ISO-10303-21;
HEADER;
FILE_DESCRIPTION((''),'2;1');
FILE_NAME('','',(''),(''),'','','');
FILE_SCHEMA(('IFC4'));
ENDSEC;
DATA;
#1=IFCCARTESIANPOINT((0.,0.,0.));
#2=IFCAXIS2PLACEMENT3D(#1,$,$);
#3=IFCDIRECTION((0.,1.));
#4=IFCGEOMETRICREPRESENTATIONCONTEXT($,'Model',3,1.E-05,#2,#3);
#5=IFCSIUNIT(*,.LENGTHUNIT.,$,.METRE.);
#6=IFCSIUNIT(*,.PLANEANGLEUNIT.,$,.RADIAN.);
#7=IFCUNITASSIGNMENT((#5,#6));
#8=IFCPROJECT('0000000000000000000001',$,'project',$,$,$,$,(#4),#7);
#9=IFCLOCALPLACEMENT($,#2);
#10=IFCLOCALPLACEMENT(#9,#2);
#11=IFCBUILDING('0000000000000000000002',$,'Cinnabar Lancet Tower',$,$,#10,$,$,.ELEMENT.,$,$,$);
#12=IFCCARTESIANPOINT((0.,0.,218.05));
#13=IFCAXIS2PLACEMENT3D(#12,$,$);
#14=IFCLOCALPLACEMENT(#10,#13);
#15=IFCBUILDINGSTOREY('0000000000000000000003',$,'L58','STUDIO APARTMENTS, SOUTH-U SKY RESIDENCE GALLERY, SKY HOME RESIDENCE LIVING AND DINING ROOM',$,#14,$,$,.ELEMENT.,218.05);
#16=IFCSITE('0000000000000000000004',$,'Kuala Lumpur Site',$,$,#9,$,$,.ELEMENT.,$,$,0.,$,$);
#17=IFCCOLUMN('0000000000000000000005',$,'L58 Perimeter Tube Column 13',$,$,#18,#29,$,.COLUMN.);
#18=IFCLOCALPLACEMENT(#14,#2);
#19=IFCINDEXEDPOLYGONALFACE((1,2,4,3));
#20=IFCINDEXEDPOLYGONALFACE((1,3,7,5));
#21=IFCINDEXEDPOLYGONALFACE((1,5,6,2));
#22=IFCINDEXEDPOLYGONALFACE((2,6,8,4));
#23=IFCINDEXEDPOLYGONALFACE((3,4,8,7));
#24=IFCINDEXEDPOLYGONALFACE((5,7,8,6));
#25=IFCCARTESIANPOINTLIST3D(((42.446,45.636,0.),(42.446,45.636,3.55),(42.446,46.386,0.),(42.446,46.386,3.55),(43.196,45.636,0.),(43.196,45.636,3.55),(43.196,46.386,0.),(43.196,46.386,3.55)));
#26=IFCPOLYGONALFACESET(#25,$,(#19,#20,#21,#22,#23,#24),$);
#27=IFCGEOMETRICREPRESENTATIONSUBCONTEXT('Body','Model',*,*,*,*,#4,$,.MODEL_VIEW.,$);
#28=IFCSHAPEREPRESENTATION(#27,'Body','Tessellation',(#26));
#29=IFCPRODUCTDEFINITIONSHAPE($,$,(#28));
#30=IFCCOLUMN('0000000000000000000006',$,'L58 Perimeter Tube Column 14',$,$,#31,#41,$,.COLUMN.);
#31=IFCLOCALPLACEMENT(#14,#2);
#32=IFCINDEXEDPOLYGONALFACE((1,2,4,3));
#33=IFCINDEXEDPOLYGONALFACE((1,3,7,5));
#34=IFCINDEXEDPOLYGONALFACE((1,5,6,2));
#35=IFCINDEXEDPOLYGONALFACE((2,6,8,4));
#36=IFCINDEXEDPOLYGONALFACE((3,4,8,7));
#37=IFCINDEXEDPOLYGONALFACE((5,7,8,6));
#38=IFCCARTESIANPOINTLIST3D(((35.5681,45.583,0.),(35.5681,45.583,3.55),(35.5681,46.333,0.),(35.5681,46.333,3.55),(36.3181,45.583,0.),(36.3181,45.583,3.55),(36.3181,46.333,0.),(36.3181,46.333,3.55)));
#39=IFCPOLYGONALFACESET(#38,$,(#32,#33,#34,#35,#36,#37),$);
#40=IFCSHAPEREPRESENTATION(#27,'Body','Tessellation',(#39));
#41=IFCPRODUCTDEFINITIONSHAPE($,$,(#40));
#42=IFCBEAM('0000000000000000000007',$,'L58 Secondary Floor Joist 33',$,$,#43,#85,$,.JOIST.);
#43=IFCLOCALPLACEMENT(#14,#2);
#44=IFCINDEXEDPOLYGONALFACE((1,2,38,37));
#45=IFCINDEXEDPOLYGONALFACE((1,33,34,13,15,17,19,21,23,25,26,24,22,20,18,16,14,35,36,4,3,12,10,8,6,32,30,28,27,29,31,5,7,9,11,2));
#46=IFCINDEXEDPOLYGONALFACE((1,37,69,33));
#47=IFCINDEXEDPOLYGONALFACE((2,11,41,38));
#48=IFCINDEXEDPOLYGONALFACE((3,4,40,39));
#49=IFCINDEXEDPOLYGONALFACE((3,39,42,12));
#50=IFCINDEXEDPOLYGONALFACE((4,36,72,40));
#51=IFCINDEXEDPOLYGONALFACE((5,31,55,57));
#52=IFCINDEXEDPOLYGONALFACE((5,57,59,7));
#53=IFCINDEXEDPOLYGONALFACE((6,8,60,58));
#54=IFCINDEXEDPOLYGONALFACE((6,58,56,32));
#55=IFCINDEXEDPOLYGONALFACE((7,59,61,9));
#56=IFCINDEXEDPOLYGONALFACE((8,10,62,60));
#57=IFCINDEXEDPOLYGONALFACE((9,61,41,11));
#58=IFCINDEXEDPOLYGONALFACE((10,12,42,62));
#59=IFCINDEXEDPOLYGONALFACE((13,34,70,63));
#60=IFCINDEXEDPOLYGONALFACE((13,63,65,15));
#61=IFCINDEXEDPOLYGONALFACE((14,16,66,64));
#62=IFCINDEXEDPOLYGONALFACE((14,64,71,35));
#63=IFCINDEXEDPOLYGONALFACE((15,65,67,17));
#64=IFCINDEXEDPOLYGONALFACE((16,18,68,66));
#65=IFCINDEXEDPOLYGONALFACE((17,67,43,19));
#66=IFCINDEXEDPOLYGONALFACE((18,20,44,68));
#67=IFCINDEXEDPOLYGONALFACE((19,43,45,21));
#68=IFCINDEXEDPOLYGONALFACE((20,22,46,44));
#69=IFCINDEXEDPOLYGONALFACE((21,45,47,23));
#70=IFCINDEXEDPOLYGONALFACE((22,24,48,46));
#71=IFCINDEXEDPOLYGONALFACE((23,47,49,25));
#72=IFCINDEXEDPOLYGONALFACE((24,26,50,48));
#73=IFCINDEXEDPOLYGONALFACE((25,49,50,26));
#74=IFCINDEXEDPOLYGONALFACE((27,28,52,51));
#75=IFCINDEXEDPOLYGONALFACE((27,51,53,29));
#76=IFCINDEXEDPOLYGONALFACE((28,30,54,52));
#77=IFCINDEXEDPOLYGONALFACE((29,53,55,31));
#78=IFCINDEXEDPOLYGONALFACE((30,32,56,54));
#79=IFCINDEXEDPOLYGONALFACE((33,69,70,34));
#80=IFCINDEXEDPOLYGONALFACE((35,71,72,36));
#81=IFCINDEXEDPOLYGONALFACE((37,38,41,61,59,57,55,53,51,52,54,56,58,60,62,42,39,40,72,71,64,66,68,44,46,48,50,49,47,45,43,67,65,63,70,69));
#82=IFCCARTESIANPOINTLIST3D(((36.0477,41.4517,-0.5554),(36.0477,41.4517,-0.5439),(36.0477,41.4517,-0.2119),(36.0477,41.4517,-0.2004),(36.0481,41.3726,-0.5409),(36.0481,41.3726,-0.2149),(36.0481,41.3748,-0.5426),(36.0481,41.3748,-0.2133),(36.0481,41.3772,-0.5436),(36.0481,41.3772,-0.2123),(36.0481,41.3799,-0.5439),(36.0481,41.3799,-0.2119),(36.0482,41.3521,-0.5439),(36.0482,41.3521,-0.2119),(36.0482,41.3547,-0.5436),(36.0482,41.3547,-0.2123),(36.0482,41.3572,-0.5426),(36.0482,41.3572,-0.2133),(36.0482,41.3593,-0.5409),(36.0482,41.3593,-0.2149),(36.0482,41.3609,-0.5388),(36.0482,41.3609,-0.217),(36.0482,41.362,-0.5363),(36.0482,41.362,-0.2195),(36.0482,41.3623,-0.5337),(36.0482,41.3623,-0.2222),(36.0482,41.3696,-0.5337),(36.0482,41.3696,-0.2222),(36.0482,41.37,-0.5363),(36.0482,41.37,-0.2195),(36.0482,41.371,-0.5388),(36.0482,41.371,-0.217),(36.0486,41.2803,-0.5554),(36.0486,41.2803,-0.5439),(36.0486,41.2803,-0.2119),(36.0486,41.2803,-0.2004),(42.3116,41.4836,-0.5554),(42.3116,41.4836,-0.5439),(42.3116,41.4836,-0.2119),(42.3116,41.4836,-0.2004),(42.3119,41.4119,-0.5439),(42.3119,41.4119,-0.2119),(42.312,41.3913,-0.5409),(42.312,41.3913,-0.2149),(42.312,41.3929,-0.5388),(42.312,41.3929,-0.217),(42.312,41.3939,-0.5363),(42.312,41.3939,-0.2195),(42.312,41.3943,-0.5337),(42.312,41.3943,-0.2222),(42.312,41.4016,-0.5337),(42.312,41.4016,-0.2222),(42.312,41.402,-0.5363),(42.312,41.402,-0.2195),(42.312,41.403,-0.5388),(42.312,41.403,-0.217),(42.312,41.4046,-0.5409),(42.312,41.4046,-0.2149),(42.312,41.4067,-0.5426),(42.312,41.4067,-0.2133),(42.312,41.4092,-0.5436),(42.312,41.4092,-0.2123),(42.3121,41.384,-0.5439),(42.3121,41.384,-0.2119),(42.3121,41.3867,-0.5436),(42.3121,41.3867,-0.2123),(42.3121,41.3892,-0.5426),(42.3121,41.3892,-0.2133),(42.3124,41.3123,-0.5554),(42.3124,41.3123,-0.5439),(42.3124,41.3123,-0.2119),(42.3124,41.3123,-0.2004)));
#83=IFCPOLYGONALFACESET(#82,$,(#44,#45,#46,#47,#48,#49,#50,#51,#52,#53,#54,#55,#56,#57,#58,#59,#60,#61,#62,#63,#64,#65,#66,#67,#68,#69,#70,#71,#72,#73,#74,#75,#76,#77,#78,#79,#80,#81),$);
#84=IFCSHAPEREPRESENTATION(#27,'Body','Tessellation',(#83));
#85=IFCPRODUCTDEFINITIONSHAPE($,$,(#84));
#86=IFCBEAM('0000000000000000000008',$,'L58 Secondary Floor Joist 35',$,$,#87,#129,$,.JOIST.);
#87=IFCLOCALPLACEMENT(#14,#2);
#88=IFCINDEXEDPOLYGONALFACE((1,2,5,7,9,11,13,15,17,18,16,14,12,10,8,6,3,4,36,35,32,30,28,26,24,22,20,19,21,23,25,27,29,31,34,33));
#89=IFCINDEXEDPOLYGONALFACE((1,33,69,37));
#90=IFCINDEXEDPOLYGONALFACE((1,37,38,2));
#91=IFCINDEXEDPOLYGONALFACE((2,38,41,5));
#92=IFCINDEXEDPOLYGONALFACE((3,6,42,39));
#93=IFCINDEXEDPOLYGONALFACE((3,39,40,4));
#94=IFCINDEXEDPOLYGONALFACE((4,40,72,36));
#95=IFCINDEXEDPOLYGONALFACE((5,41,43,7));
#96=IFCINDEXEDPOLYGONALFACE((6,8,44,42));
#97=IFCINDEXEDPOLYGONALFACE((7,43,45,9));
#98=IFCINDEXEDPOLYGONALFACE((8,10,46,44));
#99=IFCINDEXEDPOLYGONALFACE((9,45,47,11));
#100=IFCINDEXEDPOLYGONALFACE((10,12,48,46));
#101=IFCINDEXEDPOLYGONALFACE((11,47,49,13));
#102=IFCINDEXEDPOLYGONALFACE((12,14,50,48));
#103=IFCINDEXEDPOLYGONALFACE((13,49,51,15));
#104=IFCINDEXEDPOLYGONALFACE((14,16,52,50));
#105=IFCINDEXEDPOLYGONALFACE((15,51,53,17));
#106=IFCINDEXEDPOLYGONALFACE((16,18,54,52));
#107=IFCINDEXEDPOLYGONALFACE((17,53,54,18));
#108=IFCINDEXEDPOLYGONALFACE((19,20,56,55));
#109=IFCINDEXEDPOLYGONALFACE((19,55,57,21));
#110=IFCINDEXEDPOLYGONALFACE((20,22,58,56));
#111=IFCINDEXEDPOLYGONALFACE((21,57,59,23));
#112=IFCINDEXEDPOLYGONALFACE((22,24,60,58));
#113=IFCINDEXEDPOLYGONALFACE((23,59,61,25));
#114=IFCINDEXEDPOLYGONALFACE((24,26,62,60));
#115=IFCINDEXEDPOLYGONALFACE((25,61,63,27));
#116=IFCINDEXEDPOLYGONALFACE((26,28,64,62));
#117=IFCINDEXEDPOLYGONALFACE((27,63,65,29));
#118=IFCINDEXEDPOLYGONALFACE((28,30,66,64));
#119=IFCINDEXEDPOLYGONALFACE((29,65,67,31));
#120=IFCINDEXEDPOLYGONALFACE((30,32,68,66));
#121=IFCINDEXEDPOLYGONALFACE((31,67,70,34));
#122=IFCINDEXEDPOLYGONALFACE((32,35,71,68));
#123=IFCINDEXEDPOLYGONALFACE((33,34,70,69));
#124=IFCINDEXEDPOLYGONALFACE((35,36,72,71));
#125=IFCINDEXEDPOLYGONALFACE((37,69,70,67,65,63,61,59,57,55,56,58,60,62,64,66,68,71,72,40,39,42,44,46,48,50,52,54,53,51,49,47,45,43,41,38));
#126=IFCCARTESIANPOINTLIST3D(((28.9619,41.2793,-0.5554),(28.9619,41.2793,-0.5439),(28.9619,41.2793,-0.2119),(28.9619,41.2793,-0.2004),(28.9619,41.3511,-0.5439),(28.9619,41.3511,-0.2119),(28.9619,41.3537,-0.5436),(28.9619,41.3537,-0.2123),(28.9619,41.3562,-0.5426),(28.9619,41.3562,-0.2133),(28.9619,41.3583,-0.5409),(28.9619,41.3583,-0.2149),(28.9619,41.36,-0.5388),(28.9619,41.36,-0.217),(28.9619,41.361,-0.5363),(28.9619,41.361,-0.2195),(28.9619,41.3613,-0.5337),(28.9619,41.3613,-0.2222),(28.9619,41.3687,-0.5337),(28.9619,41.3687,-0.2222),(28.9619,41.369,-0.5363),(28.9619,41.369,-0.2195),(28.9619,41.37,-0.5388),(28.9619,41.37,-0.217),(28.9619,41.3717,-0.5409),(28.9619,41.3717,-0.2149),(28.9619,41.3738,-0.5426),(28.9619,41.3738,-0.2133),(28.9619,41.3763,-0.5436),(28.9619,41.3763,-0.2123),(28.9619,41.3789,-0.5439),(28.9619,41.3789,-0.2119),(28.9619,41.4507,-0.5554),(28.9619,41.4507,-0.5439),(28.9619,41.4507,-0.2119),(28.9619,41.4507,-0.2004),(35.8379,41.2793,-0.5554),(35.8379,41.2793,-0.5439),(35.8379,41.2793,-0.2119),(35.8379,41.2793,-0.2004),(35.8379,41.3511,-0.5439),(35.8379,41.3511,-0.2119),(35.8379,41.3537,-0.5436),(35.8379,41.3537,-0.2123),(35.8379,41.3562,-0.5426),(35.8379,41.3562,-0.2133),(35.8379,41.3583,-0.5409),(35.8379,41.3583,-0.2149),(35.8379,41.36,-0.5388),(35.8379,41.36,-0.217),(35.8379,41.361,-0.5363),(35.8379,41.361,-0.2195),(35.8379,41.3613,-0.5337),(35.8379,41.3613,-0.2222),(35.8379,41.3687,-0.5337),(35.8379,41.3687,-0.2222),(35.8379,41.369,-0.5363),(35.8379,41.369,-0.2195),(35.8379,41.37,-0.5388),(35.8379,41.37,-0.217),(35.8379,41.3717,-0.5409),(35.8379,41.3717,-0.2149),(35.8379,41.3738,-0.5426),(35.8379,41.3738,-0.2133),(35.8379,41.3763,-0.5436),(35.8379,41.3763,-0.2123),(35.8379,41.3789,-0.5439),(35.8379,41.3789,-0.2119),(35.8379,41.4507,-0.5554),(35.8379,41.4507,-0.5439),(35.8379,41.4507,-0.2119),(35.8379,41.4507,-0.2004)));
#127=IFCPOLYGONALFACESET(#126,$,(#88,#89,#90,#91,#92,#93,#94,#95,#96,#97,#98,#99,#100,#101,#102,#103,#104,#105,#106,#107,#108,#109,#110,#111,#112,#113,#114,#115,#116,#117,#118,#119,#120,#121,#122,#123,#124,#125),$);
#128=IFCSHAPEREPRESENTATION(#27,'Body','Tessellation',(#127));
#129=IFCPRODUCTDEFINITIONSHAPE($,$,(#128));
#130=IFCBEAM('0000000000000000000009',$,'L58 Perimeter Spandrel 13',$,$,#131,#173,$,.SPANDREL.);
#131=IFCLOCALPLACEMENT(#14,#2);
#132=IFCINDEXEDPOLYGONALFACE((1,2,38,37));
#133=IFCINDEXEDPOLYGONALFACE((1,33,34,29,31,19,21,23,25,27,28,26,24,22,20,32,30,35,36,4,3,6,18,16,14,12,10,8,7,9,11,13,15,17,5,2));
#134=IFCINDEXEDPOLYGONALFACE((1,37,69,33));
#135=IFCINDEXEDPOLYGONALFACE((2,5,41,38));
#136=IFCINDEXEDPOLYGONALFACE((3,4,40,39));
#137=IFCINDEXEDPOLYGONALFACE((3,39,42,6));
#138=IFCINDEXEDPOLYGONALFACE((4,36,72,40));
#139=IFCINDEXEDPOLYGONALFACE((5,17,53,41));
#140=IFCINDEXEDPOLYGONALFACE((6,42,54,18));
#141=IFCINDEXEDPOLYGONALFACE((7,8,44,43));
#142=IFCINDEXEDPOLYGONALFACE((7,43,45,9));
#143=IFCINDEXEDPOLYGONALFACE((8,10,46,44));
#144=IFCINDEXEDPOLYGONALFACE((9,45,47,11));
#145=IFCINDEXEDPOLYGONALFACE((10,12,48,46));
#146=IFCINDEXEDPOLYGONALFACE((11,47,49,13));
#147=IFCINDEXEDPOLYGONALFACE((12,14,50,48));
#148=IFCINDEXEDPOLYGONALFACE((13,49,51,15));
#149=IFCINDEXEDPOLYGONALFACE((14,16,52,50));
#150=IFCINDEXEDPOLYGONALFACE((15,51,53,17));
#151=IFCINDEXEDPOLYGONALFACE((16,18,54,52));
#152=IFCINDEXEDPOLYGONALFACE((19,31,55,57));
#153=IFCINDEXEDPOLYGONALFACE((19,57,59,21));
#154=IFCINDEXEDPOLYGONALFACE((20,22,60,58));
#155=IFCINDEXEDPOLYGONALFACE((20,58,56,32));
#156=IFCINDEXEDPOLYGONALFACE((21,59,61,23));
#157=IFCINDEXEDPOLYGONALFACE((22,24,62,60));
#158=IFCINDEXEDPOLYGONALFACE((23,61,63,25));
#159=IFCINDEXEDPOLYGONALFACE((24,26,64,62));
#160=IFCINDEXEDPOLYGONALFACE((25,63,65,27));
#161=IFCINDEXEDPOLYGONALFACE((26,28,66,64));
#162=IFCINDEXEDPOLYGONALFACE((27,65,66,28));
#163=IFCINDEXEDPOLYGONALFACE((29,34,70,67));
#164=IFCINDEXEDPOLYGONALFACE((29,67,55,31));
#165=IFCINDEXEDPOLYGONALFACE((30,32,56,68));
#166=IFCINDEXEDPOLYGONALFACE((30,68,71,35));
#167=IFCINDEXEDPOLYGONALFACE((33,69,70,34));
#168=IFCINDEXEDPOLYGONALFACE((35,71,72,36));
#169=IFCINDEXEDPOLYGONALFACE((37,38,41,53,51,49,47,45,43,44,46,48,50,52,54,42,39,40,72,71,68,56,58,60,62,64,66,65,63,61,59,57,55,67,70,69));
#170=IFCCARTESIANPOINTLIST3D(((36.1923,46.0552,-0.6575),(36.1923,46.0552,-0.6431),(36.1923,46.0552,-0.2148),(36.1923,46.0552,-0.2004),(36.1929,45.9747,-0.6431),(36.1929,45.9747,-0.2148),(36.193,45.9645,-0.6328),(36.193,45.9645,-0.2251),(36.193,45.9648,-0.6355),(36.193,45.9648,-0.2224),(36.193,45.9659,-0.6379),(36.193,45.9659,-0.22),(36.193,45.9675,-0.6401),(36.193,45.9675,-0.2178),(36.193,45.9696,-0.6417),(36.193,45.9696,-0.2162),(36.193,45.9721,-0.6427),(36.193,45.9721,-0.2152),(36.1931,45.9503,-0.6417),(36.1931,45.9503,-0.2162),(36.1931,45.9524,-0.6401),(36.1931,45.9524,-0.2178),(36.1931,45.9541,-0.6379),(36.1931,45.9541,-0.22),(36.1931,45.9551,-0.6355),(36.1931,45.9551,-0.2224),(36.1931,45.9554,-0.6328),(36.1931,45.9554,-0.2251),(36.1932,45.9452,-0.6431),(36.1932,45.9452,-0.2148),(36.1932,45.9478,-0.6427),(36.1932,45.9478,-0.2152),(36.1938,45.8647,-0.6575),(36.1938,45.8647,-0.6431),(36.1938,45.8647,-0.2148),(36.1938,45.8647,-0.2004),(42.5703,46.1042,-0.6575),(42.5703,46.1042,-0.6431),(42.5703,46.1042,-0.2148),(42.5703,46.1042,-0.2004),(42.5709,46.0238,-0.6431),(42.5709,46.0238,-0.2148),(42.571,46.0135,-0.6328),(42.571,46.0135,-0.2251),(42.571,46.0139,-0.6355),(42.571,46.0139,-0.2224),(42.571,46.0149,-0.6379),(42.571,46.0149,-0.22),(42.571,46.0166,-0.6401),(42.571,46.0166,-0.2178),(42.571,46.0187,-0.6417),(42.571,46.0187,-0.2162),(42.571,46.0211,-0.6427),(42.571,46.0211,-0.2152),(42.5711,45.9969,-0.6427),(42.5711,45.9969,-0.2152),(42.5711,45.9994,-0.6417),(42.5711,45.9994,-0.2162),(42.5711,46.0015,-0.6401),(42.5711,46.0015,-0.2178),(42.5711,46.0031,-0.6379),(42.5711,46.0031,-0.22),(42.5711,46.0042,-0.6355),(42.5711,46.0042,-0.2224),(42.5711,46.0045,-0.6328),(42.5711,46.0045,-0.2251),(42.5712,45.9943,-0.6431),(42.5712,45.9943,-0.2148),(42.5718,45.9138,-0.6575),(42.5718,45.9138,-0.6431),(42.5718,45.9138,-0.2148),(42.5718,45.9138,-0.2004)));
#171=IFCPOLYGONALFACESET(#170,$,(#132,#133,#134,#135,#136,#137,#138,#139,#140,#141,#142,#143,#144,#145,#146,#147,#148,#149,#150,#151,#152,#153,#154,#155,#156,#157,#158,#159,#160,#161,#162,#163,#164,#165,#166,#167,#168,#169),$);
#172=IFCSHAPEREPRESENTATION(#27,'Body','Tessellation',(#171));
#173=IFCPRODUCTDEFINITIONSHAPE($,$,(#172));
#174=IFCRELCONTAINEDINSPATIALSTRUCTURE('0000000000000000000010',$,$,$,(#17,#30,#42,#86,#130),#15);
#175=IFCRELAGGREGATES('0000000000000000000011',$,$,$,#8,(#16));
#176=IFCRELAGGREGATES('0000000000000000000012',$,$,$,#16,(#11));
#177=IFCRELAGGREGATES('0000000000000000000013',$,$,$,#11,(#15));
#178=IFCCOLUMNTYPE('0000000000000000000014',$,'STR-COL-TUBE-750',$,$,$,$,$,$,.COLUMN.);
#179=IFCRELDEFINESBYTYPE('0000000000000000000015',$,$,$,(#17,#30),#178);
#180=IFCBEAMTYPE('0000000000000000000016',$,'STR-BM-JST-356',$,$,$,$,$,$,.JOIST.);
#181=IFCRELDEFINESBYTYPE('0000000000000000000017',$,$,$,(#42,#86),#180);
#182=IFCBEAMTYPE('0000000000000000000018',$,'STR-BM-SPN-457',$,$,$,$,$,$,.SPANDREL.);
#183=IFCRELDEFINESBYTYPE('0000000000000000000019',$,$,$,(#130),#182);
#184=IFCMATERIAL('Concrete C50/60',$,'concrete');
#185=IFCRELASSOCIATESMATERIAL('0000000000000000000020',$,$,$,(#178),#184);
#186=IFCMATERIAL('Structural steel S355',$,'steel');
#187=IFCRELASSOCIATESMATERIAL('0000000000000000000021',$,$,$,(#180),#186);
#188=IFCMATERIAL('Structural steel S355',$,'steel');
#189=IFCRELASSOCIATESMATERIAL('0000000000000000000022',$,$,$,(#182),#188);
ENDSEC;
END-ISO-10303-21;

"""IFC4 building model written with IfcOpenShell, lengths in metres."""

from ifc_helpers import new_model, si_unit, direction, frame, origin, origin_2d, place, context, subcontext, project, spatial, rectangle, i_section, extrude, material, material_profile, profile_set, type_object, element, save


model = new_model("IFC4")

# Units and contexts
model_context = context("Model", 3, precision=1e-05, world=origin(), true_north=direction((0.0, 1.0)))
body_context = subcontext(model_context, "Body", "Model", "MODEL_VIEW")
ifc_project = project(units=[si_unit("LENGTHUNIT", "METRE"), si_unit("PLANEANGLEUNIT", "RADIAN")], contexts=[model_context])

# Site, building, storey
site_placement = place(None, origin())
site = spatial("IfcSite", under=ifc_project, at=site_placement, Name="Kuala Lumpur Site", CompositionType="ELEMENT", RefElevation=0.0)
building_placement = place(site_placement, origin())
building = spatial("IfcBuilding", under=site, at=building_placement, Name="Cinnabar Lancet Tower", CompositionType="ELEMENT")
storey_placement = place(building_placement, frame((0.0, 0.0, 218.05)))
storey = spatial("IfcBuildingStorey", under=building, at=storey_placement, Name="L58", Description="STUDIO APARTMENTS, SOUTH-U SKY RESIDENCE GALLERY, SKY HOME RESIDENCE LIVING AND DINING ROOM", CompositionType="ELEMENT", Elevation=218.05)

# Columns
ifc_material_1 = material(Name="Concrete C50/60", Category="concrete")
ifc_material_profile_1 = material_profile(ifc_material_1, rectangle(XDim=0.75, YDim=0.75, at=origin_2d()), Name="RC-COL 750x750")
ifc_profile_set_1 = profile_set([ifc_material_profile_1], Name="Concrete C50/60")
column_type = type_object("IfcColumnType", Name="STR-COL-TUBE-750", PredefinedType="COLUMN", material=ifc_profile_set_1)
for number, where, z_axis, x_axis, name in (
    (1, (42.821, 46.011, 0.0), (0.0, 0.0, 1.0), (1.0, 0.0, 0.0), "L58 Perimeter Tube Column 13"),
    (2, (35.9431, 45.958, 0.0), (0.0, 0.0, 1.0), (1.0, 0.0, 0.0), "L58 Perimeter Tube Column 14"),
):
    element("IfcColumn", number, at=place(storey_placement, frame(where, z_axis=z_axis, x_axis=x_axis)), inside=storey, type_object=column_type, Name=name, PredefinedType="COLUMN", context=body_context, shape_type="SweptSolid", body=[
        extrude(rectangle(XDim=0.75, YDim=0.75, at=origin_2d()), origin(), (0.0, 0.0, 1.0), 3.55),
    ])

# Beams
ifc_material_2 = material(Name="Structural steel S355", Category="steel")
ifc_material_profile_2 = material_profile(ifc_material_2, i_section(OverallWidth=0.1714, OverallDepth=0.355, WebThickness=0.0073, FlangeThickness=0.0115, FilletRadius=0.0103, at=origin_2d()), Name="UKB 356x171x51")
ifc_profile_set_2 = profile_set([ifc_material_profile_2], Name="Structural steel S355")
beam_type_1 = type_object("IfcBeamType", Name="STR-BM-JST-356", PredefinedType="JOIST", material=ifc_profile_set_2)
beam_1_placement = place(storey_placement, frame((42.312, 41.3979, -0.3779), z_axis=(-0.999987, -0.005106, 0.0), x_axis=(0.005106, -0.999987, 0.0)))
element("IfcBeam", 3, at=beam_1_placement, inside=storey, type_object=beam_type_1, Name="L58 Secondary Floor Joist 33", PredefinedType="JOIST", context=body_context, shape_type="SweptSolid", body=[
    extrude(i_section(OverallWidth=0.1714, OverallDepth=0.355, WebThickness=0.0073, FlangeThickness=0.0115, FilletRadius=0.0103, at=origin_2d()), origin(), (0.0, 0.0, 1.0), 6.2639),
])
beam_2_placement = place(storey_placement, frame((35.8379, 41.365, -0.3779), z_axis=(-1.0, 0.0, 0.0), x_axis=(0.0, -1.0, 0.0)))
element("IfcBeam", 4, at=beam_2_placement, inside=storey, type_object=beam_type_1, Name="L58 Secondary Floor Joist 35", PredefinedType="JOIST", context=body_context, shape_type="SweptSolid", body=[
    extrude(i_section(OverallWidth=0.1714, OverallDepth=0.355, WebThickness=0.0073, FlangeThickness=0.0115, FilletRadius=0.0103, at=origin_2d()), origin(), (0.0, 0.0, 1.0), 6.876),
])
ifc_material_3 = material(Name="Structural steel S355", Category="steel")
ifc_material_profile_3 = material_profile(ifc_material_3, i_section(OverallWidth=0.1904, OverallDepth=0.457, WebThickness=0.009, FlangeThickness=0.0144, FilletRadius=0.0103, at=origin_2d()), Name="UKB 457x191x74")
ifc_profile_set_3 = profile_set([ifc_material_profile_3], Name="Structural steel S355")
beam_type_2 = type_object("IfcBeamType", Name="STR-BM-SPN-457", PredefinedType="SPANDREL", material=ifc_profile_set_3)
beam_3_placement = place(storey_placement, frame((42.571, 46.009, -0.429), z_axis=(-0.99997, -0.007694, 0.0), x_axis=(0.007694, -0.99997, 0.0)))
element("IfcBeam", 5, at=beam_3_placement, inside=storey, type_object=beam_type_2, Name="L58 Perimeter Spandrel 13", PredefinedType="SPANDREL", context=body_context, shape_type="SweptSolid", body=[
    extrude(i_section(OverallWidth=0.1904, OverallDepth=0.457, WebThickness=0.009, FlangeThickness=0.0144, FilletRadius=0.0103, at=origin_2d()), origin(), (0.0, 0.0, 1.0), 6.3782),
])

save(model, "model.ifc")
